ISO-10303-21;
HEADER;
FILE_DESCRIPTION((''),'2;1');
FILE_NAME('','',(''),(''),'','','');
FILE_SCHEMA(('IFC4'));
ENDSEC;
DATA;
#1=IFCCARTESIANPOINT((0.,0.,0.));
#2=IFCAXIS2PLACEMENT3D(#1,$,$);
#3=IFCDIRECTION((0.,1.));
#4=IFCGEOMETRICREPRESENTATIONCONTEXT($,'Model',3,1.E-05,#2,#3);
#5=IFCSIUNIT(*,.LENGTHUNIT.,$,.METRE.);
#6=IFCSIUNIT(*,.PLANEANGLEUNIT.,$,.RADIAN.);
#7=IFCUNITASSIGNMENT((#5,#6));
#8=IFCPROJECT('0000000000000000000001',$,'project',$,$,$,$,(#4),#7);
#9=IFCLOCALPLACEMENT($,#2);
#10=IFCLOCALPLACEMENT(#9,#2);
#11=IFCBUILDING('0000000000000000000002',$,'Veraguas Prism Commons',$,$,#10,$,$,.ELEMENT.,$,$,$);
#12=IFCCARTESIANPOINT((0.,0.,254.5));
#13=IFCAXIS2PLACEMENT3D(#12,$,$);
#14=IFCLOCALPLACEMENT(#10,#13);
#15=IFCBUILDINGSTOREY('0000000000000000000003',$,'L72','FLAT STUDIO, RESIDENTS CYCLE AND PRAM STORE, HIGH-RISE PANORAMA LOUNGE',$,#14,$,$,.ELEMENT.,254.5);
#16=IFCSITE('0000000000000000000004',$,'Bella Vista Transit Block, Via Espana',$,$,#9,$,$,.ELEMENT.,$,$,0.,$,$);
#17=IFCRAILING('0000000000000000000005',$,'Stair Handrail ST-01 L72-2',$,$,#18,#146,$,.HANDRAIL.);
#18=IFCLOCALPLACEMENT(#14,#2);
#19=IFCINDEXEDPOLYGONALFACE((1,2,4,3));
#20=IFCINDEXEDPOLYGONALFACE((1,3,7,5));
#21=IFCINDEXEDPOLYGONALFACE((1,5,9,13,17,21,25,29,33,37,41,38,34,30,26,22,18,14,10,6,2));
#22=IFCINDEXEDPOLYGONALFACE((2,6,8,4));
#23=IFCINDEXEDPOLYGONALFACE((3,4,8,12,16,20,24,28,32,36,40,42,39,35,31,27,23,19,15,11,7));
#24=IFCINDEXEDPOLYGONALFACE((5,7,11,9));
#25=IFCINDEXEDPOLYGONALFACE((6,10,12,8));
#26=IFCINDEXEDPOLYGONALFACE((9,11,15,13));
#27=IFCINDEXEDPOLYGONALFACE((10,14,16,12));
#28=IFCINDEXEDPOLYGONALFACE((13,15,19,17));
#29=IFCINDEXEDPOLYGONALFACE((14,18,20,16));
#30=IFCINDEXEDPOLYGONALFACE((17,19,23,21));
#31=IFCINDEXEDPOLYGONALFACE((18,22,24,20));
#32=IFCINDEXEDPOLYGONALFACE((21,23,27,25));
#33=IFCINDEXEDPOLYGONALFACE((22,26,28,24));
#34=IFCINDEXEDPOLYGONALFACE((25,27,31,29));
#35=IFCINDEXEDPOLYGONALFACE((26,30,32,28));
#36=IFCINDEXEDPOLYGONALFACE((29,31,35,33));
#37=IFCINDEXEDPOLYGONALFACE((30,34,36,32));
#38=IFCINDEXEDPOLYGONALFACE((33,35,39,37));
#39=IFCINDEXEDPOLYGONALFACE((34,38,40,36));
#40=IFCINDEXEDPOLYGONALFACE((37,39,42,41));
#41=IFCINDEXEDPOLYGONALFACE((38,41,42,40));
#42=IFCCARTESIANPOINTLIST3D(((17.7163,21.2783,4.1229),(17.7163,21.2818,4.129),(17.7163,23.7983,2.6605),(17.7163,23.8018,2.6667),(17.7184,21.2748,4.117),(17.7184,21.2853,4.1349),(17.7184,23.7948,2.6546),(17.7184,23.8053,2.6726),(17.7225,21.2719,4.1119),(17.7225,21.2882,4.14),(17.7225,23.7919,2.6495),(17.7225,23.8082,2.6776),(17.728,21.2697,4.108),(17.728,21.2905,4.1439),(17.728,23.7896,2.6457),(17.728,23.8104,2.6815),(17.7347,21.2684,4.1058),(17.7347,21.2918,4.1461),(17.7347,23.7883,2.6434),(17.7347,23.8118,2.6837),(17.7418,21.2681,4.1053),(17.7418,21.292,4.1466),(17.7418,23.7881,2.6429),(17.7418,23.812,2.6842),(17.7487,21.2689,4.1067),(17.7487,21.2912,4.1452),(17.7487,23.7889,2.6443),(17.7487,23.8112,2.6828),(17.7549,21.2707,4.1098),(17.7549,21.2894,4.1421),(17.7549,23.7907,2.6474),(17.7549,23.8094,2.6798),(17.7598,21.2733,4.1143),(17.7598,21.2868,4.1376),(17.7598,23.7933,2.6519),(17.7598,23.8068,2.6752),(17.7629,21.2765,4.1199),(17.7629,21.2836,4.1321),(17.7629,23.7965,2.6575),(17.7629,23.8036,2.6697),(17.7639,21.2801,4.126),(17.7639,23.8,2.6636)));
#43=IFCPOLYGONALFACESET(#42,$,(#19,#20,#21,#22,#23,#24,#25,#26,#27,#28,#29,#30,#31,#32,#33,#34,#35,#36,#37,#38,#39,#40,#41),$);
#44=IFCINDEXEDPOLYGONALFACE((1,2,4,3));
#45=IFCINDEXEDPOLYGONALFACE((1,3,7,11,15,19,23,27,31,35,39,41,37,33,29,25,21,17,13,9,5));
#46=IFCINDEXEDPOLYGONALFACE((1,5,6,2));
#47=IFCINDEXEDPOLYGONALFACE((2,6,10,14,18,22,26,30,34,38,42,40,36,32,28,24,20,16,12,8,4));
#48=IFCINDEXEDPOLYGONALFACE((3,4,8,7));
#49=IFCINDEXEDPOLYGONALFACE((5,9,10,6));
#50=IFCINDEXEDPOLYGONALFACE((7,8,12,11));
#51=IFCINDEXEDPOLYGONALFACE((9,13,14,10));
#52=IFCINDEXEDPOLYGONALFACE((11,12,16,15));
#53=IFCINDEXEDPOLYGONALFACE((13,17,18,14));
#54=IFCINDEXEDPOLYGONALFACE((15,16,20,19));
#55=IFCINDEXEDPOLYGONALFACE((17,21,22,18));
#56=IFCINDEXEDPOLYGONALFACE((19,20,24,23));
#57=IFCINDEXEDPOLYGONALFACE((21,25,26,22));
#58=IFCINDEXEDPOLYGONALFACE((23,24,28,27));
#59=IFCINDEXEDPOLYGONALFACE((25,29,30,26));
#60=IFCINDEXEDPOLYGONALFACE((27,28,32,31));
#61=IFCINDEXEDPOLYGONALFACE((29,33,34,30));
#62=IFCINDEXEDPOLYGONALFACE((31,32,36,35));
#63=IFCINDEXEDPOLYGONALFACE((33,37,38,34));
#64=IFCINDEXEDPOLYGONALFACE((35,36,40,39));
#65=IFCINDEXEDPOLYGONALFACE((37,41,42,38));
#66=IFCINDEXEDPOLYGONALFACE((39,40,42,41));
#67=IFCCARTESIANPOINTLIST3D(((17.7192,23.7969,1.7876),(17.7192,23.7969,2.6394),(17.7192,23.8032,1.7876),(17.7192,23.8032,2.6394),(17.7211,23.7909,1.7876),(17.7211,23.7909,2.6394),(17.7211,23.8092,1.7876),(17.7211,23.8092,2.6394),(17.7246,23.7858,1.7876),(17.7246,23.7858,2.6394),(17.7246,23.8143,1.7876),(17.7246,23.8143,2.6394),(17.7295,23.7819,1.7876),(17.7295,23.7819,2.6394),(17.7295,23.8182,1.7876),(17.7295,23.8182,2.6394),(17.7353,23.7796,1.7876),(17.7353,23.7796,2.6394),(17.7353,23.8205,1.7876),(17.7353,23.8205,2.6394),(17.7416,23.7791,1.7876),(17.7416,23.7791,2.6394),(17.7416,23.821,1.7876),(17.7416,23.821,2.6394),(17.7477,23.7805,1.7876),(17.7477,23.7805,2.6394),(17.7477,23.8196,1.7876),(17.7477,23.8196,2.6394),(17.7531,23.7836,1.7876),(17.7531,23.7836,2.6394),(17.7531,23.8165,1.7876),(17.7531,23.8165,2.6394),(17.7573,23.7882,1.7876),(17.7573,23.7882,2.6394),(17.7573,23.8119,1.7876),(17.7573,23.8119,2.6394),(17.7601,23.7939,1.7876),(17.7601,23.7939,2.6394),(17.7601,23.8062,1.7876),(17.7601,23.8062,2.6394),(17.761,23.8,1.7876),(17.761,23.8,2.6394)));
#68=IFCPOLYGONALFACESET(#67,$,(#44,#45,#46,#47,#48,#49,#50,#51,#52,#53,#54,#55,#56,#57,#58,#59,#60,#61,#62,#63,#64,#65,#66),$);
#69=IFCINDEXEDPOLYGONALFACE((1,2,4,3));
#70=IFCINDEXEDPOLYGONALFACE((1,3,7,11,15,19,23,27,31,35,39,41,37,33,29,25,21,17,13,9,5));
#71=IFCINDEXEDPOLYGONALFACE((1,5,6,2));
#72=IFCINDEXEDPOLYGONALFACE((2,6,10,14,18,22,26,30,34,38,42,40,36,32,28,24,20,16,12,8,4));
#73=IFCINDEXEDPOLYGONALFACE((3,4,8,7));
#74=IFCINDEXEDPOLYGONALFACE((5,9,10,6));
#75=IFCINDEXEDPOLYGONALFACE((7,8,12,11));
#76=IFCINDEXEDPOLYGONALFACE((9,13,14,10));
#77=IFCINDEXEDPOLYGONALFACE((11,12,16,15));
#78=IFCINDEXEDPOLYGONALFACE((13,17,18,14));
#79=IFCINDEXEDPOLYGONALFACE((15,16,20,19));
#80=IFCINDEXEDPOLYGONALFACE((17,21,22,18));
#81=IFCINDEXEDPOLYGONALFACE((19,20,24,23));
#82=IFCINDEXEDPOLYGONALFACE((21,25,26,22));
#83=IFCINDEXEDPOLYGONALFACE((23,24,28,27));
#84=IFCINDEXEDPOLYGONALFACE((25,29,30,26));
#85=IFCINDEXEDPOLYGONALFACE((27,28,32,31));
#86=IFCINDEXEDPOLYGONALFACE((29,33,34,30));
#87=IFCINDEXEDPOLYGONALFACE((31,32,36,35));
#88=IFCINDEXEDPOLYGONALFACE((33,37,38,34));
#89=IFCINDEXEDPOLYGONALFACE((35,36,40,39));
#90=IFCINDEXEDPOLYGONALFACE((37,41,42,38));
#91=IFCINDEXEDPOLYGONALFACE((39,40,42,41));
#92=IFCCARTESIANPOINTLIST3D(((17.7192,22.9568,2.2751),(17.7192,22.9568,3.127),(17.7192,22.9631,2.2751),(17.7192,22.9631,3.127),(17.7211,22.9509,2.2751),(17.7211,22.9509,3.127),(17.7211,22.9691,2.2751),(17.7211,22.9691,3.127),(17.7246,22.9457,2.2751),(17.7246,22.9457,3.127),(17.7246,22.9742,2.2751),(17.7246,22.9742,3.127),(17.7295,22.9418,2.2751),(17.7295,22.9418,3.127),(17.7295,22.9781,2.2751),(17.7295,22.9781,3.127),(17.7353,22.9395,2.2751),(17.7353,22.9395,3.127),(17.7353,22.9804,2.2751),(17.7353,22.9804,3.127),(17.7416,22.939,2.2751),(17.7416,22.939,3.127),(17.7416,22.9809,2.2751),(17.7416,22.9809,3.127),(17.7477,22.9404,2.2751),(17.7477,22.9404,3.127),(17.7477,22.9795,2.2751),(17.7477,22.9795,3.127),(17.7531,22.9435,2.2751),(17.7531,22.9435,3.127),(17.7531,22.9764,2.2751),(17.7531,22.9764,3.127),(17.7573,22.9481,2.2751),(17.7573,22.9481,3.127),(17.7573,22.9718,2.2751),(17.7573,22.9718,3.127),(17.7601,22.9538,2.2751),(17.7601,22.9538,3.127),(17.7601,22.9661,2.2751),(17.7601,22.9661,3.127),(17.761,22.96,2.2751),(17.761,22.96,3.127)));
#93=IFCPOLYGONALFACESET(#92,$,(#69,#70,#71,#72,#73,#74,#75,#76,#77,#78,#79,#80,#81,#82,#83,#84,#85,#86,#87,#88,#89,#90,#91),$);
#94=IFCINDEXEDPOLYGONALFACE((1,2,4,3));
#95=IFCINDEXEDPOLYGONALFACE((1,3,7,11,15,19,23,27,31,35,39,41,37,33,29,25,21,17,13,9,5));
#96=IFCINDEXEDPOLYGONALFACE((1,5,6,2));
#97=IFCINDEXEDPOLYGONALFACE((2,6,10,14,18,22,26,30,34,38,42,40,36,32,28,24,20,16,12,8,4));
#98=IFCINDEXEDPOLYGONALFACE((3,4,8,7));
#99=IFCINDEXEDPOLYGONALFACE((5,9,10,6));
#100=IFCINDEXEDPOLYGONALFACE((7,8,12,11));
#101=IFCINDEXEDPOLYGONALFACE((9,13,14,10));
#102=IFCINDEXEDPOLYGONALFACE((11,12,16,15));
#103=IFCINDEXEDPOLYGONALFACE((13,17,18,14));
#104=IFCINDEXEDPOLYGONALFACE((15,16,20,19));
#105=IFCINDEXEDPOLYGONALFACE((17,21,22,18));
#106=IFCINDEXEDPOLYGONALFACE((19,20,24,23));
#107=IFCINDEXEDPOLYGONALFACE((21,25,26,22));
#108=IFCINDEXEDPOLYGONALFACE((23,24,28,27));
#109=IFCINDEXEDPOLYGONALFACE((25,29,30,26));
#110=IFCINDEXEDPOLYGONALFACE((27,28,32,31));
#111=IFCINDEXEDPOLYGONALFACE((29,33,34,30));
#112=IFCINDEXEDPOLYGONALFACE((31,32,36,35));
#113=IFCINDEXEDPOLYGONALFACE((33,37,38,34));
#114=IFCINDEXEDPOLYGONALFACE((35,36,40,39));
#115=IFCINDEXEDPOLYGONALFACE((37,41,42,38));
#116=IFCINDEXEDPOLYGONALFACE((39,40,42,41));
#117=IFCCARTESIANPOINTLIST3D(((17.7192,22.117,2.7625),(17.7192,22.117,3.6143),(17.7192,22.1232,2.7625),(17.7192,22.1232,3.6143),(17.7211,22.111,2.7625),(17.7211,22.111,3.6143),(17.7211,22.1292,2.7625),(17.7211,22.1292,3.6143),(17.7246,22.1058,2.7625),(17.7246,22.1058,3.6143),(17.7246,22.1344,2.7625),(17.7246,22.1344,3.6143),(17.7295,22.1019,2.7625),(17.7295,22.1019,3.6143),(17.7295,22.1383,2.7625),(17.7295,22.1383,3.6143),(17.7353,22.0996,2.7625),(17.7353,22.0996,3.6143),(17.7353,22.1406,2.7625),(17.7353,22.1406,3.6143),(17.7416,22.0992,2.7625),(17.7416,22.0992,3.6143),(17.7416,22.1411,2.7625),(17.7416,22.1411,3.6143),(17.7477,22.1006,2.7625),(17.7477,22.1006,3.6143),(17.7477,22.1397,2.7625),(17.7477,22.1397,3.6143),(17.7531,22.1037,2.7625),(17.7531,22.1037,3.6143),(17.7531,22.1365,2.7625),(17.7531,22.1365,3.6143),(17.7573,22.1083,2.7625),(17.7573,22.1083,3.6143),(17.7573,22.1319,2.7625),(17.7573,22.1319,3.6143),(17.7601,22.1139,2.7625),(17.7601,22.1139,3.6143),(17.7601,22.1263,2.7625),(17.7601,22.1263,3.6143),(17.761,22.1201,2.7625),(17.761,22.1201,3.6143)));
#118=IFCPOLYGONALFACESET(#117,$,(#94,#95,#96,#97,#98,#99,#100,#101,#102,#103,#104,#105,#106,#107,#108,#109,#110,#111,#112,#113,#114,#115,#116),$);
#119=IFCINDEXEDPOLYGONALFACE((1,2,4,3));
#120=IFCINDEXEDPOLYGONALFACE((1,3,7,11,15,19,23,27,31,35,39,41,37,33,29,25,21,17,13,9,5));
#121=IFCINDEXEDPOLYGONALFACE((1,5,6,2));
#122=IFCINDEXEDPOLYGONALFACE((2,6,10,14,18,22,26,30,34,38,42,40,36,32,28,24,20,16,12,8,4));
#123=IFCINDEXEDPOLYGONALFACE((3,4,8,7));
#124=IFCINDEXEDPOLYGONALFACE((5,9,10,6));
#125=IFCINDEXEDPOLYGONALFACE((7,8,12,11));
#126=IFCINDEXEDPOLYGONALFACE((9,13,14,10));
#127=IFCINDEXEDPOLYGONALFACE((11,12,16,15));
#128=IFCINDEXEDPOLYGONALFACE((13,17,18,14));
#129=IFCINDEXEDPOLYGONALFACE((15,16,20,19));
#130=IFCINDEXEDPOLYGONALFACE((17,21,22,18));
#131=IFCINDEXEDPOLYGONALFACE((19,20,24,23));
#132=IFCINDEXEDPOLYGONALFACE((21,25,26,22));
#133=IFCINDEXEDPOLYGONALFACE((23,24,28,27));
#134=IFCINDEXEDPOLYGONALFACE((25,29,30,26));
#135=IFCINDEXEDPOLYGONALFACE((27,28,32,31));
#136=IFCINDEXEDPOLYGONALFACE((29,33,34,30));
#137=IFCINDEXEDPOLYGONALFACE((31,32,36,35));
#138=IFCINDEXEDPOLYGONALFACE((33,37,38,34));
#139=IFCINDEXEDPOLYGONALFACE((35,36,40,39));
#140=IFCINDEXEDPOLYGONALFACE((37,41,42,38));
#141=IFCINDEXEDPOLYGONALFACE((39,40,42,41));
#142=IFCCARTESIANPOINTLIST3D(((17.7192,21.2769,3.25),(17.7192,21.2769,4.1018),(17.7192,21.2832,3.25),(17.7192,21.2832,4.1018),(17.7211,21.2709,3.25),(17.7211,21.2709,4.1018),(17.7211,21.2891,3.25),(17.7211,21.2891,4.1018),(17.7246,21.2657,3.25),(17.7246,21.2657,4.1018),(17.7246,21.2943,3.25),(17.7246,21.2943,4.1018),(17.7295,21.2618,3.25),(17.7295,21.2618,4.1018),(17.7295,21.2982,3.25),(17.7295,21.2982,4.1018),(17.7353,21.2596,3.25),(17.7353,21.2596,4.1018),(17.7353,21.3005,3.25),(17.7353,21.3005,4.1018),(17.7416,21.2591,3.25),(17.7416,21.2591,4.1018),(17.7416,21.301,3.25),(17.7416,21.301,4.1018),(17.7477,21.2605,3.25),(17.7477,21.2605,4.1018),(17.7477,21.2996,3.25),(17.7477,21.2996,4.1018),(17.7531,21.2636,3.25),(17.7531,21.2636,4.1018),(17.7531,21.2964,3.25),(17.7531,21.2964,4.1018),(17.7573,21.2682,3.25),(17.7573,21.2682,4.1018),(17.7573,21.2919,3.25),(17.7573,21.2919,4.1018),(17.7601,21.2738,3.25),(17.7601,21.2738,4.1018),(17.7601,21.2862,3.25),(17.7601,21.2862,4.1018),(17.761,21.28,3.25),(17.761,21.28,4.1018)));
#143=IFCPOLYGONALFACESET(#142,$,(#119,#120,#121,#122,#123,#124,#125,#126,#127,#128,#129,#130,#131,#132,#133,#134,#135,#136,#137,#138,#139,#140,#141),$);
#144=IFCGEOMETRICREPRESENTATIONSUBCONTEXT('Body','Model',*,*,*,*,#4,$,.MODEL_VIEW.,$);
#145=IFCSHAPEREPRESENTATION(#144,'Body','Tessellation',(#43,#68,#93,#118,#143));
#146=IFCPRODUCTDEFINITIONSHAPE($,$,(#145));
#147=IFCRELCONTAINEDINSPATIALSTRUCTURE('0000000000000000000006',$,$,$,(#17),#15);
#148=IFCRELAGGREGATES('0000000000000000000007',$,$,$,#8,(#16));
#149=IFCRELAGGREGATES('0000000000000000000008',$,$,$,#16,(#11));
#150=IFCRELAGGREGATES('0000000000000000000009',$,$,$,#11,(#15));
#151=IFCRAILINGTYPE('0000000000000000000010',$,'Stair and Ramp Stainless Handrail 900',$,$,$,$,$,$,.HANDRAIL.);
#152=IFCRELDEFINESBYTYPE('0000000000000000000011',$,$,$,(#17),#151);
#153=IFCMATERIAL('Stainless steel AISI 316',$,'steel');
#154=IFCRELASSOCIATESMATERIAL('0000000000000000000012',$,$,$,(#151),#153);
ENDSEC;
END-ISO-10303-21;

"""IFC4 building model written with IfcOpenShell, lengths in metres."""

from ifc_helpers import new_model, si_unit, direction, frame, origin, origin_2d, place, context, subcontext, project, spatial, circle, extrude, material, type_object, element, save


model = new_model("IFC4")

# Units and contexts
model_context = context("Model", 3, precision=1e-05, world=origin(), true_north=direction((0.0, 1.0)))
body_context = subcontext(model_context, "Body", "Model", "MODEL_VIEW")
ifc_project = project(units=[si_unit("LENGTHUNIT", "METRE"), si_unit("PLANEANGLEUNIT", "RADIAN")], contexts=[model_context])

# Site, building, storey
site_placement = place(None, origin())
site = spatial("IfcSite", under=ifc_project, at=site_placement, Name="Bella Vista Transit Block, Via Espana", CompositionType="ELEMENT", RefElevation=0.0)
building_placement = place(site_placement, origin())
building = spatial("IfcBuilding", under=site, at=building_placement, Name="Veraguas Prism Commons", CompositionType="ELEMENT")
storey_placement = place(building_placement, frame((0.0, 0.0, 254.5)))
storey = spatial("IfcBuildingStorey", under=building, at=storey_placement, Name="L72", Description="FLAT STUDIO, RESIDENTS CYCLE AND PRAM STORE, HIGH-RISE PANORAMA LOUNGE", CompositionType="ELEMENT", Elevation=254.5)

# Railing
ifc_material_1 = material(Name="Stainless steel AISI 316", Category="steel")
railing_type_1 = type_object("IfcRailingType", Name="Stair and Ramp Stainless Handrail 900", PredefinedType="HANDRAIL", material=ifc_material_1)
railing_1_placement = place(storey_placement, frame((17.74, 23.8, 1.7876)))
element("IfcRailing", 1, at=railing_1_placement, inside=storey, type_object=railing_type_1, Name="Stair Handrail ST-01 L72-2", PredefinedType="HANDRAIL", context=body_context, shape_type="SweptSolid", body=[
    extrude(circle(Radius=0.0239, at=origin_2d()), frame((0.0, 0.0, 0.876), z_axis=(0.0, -0.864913, 0.501921), x_axis=(1.0, 0.0, 0.0)), (0.0, 0.0, 1.0), 2.9136),
    extrude(circle(Radius=0.021, at=origin_2d()), origin(), (0.0, 0.0, 1.0), 0.8518),
    extrude(circle(Radius=0.021, at=origin_2d()), frame((0.0, -0.8401, 0.4875)), (0.0, 0.0, 1.0), 0.8518),
    extrude(circle(Radius=0.021, at=origin_2d()), frame((0.0, -1.6799, 0.9749)), (0.0, 0.0, 1.0), 0.8518),
    extrude(circle(Radius=0.021, at=origin_2d()), frame((0.0, -2.52, 1.4624)), (0.0, 0.0, 1.0), 0.8518),
])

save(model, "model.ifc")
